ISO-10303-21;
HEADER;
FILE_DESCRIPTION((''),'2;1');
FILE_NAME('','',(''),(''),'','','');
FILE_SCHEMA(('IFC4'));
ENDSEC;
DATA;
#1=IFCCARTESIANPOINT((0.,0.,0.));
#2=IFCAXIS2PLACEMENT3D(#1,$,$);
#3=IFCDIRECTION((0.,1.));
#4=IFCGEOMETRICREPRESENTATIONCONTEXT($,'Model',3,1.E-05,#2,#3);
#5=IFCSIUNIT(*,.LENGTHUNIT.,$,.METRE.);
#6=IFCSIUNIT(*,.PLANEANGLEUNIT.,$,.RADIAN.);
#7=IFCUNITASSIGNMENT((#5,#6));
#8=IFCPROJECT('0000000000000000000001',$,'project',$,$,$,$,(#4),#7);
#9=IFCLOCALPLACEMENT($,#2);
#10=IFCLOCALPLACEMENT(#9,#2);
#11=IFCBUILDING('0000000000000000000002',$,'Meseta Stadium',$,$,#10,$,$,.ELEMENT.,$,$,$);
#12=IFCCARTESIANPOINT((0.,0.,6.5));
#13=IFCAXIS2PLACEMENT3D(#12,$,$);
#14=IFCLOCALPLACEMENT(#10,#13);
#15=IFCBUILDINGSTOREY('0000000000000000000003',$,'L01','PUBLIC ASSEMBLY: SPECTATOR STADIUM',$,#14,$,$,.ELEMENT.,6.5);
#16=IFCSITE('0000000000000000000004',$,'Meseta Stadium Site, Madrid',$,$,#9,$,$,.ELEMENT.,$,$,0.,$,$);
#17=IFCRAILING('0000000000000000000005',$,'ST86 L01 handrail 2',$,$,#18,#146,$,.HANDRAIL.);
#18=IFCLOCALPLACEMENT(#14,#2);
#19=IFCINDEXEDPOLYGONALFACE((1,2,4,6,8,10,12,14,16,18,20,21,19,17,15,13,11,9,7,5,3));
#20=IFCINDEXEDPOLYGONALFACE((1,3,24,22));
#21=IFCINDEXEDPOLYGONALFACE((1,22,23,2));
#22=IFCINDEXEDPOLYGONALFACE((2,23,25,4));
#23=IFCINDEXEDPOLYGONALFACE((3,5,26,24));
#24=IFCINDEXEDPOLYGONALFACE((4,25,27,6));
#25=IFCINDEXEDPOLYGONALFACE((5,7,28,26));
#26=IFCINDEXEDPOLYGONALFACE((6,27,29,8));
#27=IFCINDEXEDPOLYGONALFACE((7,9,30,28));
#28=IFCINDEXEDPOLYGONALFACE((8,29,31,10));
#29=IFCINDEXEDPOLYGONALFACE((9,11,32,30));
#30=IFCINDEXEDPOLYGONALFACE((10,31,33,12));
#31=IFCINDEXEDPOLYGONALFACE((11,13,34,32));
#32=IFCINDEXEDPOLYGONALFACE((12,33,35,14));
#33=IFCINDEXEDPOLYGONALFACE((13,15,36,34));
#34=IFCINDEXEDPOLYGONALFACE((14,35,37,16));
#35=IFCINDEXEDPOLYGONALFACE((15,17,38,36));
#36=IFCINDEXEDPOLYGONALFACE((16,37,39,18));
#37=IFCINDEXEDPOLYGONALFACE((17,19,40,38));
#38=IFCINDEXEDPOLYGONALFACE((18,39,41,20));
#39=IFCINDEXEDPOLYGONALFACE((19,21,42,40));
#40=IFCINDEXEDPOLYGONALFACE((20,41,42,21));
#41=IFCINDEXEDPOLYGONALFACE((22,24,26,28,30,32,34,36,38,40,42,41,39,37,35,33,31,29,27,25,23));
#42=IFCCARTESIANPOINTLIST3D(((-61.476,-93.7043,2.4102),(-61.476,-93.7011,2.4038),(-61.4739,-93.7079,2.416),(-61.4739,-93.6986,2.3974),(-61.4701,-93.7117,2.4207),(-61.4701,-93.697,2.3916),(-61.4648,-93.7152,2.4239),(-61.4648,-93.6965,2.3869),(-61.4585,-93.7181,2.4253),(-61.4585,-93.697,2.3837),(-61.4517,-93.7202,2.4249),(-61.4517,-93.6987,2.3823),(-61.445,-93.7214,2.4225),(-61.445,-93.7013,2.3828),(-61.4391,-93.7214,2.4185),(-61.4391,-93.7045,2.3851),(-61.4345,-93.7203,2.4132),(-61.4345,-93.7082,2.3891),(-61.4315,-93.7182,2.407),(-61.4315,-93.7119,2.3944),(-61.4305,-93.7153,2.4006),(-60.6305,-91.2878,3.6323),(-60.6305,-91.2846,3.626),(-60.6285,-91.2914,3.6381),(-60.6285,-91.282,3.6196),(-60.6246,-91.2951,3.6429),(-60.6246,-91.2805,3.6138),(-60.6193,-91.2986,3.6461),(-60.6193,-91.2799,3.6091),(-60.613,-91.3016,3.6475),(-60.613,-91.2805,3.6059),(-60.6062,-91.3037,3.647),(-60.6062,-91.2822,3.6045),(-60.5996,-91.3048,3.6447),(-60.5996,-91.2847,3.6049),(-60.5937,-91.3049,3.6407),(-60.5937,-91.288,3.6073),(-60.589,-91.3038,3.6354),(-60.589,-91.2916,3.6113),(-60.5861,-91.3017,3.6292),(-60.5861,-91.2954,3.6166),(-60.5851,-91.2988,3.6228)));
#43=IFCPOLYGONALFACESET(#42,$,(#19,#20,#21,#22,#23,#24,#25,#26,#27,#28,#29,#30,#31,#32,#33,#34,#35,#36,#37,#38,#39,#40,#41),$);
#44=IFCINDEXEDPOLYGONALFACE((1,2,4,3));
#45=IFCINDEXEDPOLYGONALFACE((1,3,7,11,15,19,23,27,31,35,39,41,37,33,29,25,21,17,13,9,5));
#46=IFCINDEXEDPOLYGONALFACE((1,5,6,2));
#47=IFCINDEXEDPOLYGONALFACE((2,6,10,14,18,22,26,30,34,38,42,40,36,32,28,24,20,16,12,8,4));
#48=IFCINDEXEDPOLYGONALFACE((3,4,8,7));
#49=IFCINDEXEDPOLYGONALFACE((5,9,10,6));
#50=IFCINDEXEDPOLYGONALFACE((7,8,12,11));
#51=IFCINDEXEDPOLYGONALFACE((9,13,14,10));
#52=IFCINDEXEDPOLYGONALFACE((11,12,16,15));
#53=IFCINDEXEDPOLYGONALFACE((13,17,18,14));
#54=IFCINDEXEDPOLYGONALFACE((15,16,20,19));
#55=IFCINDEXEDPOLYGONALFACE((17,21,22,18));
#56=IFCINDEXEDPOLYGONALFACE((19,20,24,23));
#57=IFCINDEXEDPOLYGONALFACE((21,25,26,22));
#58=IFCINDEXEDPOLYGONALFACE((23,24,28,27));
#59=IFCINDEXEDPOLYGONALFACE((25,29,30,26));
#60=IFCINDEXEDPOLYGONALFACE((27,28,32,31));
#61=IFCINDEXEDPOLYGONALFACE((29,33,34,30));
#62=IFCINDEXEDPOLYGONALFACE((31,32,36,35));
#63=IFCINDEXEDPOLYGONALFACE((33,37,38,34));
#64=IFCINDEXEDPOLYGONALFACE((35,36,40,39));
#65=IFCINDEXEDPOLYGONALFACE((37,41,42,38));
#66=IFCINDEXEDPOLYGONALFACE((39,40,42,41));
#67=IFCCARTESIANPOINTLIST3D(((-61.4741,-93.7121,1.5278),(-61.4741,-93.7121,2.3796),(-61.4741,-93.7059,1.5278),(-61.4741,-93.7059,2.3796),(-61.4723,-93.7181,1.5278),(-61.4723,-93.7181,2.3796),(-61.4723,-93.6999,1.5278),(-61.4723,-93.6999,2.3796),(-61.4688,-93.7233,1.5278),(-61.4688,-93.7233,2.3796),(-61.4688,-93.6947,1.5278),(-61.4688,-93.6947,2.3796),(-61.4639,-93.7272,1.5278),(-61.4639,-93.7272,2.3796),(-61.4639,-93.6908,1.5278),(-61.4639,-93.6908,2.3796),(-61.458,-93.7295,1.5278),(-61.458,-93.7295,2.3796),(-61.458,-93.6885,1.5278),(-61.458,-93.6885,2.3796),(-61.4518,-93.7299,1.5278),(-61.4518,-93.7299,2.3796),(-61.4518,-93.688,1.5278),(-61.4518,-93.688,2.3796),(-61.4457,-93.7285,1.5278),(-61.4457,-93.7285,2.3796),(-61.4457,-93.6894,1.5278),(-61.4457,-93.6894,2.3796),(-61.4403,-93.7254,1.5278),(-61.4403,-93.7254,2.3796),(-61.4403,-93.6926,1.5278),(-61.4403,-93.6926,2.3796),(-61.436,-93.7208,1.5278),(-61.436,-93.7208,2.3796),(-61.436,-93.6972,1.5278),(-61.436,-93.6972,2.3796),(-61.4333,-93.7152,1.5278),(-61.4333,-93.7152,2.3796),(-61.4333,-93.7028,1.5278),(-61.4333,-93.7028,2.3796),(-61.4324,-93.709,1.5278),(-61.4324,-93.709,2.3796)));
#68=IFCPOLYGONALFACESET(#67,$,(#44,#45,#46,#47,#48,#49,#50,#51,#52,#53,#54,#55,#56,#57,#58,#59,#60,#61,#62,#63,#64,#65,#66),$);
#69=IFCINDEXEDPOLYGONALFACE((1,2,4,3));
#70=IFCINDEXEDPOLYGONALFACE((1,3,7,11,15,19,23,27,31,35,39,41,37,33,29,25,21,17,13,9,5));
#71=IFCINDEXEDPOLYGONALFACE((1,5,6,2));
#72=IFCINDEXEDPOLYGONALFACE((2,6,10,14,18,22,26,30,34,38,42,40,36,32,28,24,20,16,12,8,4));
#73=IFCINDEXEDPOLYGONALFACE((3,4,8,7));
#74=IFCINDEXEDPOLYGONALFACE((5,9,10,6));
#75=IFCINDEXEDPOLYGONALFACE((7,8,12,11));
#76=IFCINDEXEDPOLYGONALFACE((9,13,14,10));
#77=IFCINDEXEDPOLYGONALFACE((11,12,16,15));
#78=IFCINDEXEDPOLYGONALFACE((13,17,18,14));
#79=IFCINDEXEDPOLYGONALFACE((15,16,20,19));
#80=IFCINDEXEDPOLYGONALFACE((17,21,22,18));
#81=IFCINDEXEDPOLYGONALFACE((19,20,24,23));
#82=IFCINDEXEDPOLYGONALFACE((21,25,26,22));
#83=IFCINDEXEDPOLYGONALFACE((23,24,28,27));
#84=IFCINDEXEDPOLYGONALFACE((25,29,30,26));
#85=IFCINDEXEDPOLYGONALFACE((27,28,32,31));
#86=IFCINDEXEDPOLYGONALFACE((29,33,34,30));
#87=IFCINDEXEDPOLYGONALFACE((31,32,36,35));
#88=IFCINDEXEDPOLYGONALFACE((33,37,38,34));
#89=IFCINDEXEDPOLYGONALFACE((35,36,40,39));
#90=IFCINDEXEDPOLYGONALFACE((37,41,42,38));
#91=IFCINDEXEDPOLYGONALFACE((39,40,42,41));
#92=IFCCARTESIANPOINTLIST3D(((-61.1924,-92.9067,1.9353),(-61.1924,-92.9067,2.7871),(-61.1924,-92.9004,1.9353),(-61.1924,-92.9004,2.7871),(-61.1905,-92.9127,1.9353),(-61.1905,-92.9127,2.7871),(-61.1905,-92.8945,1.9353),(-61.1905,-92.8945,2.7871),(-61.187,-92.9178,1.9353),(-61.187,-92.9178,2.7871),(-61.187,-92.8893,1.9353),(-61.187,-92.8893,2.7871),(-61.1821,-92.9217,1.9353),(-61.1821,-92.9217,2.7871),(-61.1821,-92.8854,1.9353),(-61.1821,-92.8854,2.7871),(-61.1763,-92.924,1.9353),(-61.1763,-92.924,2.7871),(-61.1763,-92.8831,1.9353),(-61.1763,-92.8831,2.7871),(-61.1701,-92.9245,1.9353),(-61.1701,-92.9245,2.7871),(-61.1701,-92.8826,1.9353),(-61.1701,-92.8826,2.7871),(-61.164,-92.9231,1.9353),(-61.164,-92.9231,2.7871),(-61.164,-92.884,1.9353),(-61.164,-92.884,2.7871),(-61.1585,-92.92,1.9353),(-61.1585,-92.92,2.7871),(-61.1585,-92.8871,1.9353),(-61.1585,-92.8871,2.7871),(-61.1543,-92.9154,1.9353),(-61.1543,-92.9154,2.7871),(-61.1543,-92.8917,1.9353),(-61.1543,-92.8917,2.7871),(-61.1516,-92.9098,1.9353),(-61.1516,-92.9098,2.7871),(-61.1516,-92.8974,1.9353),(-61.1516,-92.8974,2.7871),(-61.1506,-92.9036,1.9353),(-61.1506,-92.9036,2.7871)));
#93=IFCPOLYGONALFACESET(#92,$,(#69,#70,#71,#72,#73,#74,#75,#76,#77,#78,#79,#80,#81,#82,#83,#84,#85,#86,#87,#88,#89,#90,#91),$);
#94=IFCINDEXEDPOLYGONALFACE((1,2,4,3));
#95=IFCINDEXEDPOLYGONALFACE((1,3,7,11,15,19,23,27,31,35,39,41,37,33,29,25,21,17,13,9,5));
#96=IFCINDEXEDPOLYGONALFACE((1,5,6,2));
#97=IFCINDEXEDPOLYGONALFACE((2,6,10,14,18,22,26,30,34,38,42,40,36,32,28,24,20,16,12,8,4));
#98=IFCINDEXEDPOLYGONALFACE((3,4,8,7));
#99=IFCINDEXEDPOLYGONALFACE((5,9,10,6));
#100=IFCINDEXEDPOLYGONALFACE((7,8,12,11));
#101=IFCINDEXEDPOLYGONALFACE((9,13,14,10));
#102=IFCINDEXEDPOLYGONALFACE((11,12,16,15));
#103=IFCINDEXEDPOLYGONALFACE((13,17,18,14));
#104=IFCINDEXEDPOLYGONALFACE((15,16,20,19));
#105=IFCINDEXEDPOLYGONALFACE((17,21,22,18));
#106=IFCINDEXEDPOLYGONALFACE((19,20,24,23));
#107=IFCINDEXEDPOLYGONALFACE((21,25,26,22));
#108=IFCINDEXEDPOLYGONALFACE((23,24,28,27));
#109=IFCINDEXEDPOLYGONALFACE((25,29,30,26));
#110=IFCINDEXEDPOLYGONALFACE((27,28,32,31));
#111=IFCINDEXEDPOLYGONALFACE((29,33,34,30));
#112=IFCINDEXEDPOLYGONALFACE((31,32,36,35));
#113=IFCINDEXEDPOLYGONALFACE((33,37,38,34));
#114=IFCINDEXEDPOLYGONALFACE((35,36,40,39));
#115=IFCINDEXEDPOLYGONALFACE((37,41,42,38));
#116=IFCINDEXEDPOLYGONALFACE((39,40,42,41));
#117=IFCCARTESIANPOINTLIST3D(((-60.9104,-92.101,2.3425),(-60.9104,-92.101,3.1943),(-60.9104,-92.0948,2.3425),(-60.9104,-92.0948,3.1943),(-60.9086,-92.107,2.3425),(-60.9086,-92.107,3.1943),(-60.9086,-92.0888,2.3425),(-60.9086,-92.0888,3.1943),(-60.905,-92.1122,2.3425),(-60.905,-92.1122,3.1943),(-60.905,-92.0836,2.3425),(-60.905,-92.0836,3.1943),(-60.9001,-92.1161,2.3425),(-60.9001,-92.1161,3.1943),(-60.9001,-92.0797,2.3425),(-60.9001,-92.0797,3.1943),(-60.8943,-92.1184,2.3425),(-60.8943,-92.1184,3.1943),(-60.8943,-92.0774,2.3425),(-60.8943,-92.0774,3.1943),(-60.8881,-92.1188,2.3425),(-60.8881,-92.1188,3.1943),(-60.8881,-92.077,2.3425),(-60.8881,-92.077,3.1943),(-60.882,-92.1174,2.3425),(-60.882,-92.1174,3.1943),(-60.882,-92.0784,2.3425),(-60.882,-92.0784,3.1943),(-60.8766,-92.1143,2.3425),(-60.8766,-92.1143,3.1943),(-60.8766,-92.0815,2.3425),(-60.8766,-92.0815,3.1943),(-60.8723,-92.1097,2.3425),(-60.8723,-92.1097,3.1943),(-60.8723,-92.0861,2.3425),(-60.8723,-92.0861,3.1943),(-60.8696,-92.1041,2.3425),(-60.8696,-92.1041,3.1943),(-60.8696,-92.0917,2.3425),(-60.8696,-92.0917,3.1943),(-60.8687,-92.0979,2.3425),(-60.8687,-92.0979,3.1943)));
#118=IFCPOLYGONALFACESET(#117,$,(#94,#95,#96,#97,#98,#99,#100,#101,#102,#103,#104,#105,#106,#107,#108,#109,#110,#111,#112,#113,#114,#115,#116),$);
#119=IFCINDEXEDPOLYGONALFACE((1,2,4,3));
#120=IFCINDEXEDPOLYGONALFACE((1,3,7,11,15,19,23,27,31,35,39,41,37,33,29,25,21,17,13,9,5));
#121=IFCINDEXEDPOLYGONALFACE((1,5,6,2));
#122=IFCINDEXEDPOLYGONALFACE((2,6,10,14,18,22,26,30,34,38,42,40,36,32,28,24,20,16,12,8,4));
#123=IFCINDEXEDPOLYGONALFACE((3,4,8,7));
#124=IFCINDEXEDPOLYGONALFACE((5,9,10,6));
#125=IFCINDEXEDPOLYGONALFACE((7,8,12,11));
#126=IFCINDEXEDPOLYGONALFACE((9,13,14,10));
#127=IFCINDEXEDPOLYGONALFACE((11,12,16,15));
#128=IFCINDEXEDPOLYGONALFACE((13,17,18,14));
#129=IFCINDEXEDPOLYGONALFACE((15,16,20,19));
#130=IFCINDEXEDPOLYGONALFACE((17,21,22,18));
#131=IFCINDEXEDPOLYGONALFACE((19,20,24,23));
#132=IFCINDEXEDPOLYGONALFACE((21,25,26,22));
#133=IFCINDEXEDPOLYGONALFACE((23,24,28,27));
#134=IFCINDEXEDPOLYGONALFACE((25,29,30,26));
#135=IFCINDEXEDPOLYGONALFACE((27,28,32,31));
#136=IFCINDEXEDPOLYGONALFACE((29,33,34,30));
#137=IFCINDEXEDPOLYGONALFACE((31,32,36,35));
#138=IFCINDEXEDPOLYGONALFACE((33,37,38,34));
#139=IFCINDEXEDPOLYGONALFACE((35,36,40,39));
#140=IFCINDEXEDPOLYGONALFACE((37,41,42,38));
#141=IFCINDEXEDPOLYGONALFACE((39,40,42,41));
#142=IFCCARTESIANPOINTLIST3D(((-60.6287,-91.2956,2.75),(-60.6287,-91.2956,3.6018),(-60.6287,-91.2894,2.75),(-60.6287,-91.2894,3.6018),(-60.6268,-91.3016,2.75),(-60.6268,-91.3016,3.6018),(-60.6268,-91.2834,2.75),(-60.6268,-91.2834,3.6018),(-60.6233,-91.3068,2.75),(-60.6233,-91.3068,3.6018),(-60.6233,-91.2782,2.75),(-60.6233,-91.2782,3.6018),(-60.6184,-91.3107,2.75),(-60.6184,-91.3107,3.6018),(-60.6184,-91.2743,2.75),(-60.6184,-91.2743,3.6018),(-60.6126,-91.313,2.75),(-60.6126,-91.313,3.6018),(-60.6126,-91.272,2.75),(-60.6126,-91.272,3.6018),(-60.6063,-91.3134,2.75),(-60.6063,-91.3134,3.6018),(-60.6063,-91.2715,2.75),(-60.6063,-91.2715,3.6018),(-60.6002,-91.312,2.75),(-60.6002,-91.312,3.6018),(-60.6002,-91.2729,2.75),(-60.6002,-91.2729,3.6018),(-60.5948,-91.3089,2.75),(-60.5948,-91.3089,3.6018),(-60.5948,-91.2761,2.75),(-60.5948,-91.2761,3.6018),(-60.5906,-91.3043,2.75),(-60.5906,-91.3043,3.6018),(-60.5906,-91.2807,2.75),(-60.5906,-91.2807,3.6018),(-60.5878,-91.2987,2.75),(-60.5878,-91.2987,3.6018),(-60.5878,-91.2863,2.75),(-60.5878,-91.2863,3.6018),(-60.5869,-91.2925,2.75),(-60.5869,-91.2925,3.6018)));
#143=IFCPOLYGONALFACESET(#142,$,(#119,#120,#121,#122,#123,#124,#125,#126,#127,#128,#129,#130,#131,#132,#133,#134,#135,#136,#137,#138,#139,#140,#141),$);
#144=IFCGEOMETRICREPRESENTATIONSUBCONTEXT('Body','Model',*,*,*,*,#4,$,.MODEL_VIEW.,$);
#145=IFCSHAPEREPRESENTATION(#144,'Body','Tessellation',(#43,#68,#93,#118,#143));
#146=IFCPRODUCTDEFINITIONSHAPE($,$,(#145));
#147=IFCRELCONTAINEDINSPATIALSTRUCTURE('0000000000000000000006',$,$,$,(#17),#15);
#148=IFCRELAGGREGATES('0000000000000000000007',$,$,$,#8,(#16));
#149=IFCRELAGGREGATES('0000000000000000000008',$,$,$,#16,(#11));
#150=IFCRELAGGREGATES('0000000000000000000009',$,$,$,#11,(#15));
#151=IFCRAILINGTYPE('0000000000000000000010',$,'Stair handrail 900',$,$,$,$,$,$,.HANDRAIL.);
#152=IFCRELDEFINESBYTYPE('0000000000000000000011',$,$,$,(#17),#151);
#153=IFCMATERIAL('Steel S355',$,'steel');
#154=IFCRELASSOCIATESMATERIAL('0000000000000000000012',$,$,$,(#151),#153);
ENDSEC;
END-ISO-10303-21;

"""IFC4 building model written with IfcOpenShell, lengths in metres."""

from ifc_helpers import new_model, si_unit, direction, frame, origin, origin_2d, place, context, subcontext, project, spatial, circle, extrude, material, type_object, element, save


model = new_model("IFC4")

# Units and contexts
model_context = context("Model", 3, precision=1e-05, world=origin(), true_north=direction((0.0, 1.0)))
body_context = subcontext(model_context, "Body", "Model", "MODEL_VIEW")
ifc_project = project(units=[si_unit("LENGTHUNIT", "METRE"), si_unit("PLANEANGLEUNIT", "RADIAN")], contexts=[model_context])

# Site, building, storey
site_placement = place(None, origin())
site = spatial("IfcSite", under=ifc_project, at=site_placement, Name="Meseta Stadium Site, Madrid", CompositionType="ELEMENT", RefElevation=0.0)
building_placement = place(site_placement, origin())
building = spatial("IfcBuilding", under=site, at=building_placement, Name="Meseta Stadium", CompositionType="ELEMENT")
storey_placement = place(building_placement, frame((0.0, 0.0, 6.5)))
storey = spatial("IfcBuildingStorey", under=building, at=storey_placement, Name="L01", Description="PUBLIC ASSEMBLY: SPECTATOR STADIUM", CompositionType="ELEMENT", Elevation=6.5)

# Railing
ifc_material_1 = material(Name="Steel S355", Category="steel")
railing_type_1 = type_object("IfcRailingType", Name="Stair handrail 900", PredefinedType="HANDRAIL", material=ifc_material_1)
for number, where, name in (
    (1, (-61.4534, -93.709, 1.5278), "ST86 L01 handrail 2"),
):
    element("IfcRailing", number, at=place(storey_placement, frame(where)), inside=storey, type_object=railing_type_1, Name=name, PredefinedType="HANDRAIL", context=body_context, shape_type="SweptSolid", body=[
        extrude(circle(Radius=0.0239, at=origin_2d()), frame((0.0, 0.0, 0.876), z_axis=(0.298022, 0.851812, 0.430811), x_axis=(-0.943897, 0.33024, 0.0)), (0.0, 0.0, 1.0), 2.8369),
        extrude(circle(Radius=0.021, at=origin_2d()), origin(), (0.0, 0.0, 1.0), 0.8518),
        extrude(circle(Radius=0.021, at=origin_2d()), frame((0.2817, 0.8054, 0.4075)), (0.0, 0.0, 1.0), 0.8518),
        extrude(circle(Radius=0.021, at=origin_2d()), frame((0.5637, 1.6111, 0.8147)), (0.0, 0.0, 1.0), 0.8518),
        extrude(circle(Radius=0.021, at=origin_2d()), frame((0.8455, 2.4165, 1.2222)), (0.0, 0.0, 1.0), 0.8518),
    ])

save(model, "model.ifc")
